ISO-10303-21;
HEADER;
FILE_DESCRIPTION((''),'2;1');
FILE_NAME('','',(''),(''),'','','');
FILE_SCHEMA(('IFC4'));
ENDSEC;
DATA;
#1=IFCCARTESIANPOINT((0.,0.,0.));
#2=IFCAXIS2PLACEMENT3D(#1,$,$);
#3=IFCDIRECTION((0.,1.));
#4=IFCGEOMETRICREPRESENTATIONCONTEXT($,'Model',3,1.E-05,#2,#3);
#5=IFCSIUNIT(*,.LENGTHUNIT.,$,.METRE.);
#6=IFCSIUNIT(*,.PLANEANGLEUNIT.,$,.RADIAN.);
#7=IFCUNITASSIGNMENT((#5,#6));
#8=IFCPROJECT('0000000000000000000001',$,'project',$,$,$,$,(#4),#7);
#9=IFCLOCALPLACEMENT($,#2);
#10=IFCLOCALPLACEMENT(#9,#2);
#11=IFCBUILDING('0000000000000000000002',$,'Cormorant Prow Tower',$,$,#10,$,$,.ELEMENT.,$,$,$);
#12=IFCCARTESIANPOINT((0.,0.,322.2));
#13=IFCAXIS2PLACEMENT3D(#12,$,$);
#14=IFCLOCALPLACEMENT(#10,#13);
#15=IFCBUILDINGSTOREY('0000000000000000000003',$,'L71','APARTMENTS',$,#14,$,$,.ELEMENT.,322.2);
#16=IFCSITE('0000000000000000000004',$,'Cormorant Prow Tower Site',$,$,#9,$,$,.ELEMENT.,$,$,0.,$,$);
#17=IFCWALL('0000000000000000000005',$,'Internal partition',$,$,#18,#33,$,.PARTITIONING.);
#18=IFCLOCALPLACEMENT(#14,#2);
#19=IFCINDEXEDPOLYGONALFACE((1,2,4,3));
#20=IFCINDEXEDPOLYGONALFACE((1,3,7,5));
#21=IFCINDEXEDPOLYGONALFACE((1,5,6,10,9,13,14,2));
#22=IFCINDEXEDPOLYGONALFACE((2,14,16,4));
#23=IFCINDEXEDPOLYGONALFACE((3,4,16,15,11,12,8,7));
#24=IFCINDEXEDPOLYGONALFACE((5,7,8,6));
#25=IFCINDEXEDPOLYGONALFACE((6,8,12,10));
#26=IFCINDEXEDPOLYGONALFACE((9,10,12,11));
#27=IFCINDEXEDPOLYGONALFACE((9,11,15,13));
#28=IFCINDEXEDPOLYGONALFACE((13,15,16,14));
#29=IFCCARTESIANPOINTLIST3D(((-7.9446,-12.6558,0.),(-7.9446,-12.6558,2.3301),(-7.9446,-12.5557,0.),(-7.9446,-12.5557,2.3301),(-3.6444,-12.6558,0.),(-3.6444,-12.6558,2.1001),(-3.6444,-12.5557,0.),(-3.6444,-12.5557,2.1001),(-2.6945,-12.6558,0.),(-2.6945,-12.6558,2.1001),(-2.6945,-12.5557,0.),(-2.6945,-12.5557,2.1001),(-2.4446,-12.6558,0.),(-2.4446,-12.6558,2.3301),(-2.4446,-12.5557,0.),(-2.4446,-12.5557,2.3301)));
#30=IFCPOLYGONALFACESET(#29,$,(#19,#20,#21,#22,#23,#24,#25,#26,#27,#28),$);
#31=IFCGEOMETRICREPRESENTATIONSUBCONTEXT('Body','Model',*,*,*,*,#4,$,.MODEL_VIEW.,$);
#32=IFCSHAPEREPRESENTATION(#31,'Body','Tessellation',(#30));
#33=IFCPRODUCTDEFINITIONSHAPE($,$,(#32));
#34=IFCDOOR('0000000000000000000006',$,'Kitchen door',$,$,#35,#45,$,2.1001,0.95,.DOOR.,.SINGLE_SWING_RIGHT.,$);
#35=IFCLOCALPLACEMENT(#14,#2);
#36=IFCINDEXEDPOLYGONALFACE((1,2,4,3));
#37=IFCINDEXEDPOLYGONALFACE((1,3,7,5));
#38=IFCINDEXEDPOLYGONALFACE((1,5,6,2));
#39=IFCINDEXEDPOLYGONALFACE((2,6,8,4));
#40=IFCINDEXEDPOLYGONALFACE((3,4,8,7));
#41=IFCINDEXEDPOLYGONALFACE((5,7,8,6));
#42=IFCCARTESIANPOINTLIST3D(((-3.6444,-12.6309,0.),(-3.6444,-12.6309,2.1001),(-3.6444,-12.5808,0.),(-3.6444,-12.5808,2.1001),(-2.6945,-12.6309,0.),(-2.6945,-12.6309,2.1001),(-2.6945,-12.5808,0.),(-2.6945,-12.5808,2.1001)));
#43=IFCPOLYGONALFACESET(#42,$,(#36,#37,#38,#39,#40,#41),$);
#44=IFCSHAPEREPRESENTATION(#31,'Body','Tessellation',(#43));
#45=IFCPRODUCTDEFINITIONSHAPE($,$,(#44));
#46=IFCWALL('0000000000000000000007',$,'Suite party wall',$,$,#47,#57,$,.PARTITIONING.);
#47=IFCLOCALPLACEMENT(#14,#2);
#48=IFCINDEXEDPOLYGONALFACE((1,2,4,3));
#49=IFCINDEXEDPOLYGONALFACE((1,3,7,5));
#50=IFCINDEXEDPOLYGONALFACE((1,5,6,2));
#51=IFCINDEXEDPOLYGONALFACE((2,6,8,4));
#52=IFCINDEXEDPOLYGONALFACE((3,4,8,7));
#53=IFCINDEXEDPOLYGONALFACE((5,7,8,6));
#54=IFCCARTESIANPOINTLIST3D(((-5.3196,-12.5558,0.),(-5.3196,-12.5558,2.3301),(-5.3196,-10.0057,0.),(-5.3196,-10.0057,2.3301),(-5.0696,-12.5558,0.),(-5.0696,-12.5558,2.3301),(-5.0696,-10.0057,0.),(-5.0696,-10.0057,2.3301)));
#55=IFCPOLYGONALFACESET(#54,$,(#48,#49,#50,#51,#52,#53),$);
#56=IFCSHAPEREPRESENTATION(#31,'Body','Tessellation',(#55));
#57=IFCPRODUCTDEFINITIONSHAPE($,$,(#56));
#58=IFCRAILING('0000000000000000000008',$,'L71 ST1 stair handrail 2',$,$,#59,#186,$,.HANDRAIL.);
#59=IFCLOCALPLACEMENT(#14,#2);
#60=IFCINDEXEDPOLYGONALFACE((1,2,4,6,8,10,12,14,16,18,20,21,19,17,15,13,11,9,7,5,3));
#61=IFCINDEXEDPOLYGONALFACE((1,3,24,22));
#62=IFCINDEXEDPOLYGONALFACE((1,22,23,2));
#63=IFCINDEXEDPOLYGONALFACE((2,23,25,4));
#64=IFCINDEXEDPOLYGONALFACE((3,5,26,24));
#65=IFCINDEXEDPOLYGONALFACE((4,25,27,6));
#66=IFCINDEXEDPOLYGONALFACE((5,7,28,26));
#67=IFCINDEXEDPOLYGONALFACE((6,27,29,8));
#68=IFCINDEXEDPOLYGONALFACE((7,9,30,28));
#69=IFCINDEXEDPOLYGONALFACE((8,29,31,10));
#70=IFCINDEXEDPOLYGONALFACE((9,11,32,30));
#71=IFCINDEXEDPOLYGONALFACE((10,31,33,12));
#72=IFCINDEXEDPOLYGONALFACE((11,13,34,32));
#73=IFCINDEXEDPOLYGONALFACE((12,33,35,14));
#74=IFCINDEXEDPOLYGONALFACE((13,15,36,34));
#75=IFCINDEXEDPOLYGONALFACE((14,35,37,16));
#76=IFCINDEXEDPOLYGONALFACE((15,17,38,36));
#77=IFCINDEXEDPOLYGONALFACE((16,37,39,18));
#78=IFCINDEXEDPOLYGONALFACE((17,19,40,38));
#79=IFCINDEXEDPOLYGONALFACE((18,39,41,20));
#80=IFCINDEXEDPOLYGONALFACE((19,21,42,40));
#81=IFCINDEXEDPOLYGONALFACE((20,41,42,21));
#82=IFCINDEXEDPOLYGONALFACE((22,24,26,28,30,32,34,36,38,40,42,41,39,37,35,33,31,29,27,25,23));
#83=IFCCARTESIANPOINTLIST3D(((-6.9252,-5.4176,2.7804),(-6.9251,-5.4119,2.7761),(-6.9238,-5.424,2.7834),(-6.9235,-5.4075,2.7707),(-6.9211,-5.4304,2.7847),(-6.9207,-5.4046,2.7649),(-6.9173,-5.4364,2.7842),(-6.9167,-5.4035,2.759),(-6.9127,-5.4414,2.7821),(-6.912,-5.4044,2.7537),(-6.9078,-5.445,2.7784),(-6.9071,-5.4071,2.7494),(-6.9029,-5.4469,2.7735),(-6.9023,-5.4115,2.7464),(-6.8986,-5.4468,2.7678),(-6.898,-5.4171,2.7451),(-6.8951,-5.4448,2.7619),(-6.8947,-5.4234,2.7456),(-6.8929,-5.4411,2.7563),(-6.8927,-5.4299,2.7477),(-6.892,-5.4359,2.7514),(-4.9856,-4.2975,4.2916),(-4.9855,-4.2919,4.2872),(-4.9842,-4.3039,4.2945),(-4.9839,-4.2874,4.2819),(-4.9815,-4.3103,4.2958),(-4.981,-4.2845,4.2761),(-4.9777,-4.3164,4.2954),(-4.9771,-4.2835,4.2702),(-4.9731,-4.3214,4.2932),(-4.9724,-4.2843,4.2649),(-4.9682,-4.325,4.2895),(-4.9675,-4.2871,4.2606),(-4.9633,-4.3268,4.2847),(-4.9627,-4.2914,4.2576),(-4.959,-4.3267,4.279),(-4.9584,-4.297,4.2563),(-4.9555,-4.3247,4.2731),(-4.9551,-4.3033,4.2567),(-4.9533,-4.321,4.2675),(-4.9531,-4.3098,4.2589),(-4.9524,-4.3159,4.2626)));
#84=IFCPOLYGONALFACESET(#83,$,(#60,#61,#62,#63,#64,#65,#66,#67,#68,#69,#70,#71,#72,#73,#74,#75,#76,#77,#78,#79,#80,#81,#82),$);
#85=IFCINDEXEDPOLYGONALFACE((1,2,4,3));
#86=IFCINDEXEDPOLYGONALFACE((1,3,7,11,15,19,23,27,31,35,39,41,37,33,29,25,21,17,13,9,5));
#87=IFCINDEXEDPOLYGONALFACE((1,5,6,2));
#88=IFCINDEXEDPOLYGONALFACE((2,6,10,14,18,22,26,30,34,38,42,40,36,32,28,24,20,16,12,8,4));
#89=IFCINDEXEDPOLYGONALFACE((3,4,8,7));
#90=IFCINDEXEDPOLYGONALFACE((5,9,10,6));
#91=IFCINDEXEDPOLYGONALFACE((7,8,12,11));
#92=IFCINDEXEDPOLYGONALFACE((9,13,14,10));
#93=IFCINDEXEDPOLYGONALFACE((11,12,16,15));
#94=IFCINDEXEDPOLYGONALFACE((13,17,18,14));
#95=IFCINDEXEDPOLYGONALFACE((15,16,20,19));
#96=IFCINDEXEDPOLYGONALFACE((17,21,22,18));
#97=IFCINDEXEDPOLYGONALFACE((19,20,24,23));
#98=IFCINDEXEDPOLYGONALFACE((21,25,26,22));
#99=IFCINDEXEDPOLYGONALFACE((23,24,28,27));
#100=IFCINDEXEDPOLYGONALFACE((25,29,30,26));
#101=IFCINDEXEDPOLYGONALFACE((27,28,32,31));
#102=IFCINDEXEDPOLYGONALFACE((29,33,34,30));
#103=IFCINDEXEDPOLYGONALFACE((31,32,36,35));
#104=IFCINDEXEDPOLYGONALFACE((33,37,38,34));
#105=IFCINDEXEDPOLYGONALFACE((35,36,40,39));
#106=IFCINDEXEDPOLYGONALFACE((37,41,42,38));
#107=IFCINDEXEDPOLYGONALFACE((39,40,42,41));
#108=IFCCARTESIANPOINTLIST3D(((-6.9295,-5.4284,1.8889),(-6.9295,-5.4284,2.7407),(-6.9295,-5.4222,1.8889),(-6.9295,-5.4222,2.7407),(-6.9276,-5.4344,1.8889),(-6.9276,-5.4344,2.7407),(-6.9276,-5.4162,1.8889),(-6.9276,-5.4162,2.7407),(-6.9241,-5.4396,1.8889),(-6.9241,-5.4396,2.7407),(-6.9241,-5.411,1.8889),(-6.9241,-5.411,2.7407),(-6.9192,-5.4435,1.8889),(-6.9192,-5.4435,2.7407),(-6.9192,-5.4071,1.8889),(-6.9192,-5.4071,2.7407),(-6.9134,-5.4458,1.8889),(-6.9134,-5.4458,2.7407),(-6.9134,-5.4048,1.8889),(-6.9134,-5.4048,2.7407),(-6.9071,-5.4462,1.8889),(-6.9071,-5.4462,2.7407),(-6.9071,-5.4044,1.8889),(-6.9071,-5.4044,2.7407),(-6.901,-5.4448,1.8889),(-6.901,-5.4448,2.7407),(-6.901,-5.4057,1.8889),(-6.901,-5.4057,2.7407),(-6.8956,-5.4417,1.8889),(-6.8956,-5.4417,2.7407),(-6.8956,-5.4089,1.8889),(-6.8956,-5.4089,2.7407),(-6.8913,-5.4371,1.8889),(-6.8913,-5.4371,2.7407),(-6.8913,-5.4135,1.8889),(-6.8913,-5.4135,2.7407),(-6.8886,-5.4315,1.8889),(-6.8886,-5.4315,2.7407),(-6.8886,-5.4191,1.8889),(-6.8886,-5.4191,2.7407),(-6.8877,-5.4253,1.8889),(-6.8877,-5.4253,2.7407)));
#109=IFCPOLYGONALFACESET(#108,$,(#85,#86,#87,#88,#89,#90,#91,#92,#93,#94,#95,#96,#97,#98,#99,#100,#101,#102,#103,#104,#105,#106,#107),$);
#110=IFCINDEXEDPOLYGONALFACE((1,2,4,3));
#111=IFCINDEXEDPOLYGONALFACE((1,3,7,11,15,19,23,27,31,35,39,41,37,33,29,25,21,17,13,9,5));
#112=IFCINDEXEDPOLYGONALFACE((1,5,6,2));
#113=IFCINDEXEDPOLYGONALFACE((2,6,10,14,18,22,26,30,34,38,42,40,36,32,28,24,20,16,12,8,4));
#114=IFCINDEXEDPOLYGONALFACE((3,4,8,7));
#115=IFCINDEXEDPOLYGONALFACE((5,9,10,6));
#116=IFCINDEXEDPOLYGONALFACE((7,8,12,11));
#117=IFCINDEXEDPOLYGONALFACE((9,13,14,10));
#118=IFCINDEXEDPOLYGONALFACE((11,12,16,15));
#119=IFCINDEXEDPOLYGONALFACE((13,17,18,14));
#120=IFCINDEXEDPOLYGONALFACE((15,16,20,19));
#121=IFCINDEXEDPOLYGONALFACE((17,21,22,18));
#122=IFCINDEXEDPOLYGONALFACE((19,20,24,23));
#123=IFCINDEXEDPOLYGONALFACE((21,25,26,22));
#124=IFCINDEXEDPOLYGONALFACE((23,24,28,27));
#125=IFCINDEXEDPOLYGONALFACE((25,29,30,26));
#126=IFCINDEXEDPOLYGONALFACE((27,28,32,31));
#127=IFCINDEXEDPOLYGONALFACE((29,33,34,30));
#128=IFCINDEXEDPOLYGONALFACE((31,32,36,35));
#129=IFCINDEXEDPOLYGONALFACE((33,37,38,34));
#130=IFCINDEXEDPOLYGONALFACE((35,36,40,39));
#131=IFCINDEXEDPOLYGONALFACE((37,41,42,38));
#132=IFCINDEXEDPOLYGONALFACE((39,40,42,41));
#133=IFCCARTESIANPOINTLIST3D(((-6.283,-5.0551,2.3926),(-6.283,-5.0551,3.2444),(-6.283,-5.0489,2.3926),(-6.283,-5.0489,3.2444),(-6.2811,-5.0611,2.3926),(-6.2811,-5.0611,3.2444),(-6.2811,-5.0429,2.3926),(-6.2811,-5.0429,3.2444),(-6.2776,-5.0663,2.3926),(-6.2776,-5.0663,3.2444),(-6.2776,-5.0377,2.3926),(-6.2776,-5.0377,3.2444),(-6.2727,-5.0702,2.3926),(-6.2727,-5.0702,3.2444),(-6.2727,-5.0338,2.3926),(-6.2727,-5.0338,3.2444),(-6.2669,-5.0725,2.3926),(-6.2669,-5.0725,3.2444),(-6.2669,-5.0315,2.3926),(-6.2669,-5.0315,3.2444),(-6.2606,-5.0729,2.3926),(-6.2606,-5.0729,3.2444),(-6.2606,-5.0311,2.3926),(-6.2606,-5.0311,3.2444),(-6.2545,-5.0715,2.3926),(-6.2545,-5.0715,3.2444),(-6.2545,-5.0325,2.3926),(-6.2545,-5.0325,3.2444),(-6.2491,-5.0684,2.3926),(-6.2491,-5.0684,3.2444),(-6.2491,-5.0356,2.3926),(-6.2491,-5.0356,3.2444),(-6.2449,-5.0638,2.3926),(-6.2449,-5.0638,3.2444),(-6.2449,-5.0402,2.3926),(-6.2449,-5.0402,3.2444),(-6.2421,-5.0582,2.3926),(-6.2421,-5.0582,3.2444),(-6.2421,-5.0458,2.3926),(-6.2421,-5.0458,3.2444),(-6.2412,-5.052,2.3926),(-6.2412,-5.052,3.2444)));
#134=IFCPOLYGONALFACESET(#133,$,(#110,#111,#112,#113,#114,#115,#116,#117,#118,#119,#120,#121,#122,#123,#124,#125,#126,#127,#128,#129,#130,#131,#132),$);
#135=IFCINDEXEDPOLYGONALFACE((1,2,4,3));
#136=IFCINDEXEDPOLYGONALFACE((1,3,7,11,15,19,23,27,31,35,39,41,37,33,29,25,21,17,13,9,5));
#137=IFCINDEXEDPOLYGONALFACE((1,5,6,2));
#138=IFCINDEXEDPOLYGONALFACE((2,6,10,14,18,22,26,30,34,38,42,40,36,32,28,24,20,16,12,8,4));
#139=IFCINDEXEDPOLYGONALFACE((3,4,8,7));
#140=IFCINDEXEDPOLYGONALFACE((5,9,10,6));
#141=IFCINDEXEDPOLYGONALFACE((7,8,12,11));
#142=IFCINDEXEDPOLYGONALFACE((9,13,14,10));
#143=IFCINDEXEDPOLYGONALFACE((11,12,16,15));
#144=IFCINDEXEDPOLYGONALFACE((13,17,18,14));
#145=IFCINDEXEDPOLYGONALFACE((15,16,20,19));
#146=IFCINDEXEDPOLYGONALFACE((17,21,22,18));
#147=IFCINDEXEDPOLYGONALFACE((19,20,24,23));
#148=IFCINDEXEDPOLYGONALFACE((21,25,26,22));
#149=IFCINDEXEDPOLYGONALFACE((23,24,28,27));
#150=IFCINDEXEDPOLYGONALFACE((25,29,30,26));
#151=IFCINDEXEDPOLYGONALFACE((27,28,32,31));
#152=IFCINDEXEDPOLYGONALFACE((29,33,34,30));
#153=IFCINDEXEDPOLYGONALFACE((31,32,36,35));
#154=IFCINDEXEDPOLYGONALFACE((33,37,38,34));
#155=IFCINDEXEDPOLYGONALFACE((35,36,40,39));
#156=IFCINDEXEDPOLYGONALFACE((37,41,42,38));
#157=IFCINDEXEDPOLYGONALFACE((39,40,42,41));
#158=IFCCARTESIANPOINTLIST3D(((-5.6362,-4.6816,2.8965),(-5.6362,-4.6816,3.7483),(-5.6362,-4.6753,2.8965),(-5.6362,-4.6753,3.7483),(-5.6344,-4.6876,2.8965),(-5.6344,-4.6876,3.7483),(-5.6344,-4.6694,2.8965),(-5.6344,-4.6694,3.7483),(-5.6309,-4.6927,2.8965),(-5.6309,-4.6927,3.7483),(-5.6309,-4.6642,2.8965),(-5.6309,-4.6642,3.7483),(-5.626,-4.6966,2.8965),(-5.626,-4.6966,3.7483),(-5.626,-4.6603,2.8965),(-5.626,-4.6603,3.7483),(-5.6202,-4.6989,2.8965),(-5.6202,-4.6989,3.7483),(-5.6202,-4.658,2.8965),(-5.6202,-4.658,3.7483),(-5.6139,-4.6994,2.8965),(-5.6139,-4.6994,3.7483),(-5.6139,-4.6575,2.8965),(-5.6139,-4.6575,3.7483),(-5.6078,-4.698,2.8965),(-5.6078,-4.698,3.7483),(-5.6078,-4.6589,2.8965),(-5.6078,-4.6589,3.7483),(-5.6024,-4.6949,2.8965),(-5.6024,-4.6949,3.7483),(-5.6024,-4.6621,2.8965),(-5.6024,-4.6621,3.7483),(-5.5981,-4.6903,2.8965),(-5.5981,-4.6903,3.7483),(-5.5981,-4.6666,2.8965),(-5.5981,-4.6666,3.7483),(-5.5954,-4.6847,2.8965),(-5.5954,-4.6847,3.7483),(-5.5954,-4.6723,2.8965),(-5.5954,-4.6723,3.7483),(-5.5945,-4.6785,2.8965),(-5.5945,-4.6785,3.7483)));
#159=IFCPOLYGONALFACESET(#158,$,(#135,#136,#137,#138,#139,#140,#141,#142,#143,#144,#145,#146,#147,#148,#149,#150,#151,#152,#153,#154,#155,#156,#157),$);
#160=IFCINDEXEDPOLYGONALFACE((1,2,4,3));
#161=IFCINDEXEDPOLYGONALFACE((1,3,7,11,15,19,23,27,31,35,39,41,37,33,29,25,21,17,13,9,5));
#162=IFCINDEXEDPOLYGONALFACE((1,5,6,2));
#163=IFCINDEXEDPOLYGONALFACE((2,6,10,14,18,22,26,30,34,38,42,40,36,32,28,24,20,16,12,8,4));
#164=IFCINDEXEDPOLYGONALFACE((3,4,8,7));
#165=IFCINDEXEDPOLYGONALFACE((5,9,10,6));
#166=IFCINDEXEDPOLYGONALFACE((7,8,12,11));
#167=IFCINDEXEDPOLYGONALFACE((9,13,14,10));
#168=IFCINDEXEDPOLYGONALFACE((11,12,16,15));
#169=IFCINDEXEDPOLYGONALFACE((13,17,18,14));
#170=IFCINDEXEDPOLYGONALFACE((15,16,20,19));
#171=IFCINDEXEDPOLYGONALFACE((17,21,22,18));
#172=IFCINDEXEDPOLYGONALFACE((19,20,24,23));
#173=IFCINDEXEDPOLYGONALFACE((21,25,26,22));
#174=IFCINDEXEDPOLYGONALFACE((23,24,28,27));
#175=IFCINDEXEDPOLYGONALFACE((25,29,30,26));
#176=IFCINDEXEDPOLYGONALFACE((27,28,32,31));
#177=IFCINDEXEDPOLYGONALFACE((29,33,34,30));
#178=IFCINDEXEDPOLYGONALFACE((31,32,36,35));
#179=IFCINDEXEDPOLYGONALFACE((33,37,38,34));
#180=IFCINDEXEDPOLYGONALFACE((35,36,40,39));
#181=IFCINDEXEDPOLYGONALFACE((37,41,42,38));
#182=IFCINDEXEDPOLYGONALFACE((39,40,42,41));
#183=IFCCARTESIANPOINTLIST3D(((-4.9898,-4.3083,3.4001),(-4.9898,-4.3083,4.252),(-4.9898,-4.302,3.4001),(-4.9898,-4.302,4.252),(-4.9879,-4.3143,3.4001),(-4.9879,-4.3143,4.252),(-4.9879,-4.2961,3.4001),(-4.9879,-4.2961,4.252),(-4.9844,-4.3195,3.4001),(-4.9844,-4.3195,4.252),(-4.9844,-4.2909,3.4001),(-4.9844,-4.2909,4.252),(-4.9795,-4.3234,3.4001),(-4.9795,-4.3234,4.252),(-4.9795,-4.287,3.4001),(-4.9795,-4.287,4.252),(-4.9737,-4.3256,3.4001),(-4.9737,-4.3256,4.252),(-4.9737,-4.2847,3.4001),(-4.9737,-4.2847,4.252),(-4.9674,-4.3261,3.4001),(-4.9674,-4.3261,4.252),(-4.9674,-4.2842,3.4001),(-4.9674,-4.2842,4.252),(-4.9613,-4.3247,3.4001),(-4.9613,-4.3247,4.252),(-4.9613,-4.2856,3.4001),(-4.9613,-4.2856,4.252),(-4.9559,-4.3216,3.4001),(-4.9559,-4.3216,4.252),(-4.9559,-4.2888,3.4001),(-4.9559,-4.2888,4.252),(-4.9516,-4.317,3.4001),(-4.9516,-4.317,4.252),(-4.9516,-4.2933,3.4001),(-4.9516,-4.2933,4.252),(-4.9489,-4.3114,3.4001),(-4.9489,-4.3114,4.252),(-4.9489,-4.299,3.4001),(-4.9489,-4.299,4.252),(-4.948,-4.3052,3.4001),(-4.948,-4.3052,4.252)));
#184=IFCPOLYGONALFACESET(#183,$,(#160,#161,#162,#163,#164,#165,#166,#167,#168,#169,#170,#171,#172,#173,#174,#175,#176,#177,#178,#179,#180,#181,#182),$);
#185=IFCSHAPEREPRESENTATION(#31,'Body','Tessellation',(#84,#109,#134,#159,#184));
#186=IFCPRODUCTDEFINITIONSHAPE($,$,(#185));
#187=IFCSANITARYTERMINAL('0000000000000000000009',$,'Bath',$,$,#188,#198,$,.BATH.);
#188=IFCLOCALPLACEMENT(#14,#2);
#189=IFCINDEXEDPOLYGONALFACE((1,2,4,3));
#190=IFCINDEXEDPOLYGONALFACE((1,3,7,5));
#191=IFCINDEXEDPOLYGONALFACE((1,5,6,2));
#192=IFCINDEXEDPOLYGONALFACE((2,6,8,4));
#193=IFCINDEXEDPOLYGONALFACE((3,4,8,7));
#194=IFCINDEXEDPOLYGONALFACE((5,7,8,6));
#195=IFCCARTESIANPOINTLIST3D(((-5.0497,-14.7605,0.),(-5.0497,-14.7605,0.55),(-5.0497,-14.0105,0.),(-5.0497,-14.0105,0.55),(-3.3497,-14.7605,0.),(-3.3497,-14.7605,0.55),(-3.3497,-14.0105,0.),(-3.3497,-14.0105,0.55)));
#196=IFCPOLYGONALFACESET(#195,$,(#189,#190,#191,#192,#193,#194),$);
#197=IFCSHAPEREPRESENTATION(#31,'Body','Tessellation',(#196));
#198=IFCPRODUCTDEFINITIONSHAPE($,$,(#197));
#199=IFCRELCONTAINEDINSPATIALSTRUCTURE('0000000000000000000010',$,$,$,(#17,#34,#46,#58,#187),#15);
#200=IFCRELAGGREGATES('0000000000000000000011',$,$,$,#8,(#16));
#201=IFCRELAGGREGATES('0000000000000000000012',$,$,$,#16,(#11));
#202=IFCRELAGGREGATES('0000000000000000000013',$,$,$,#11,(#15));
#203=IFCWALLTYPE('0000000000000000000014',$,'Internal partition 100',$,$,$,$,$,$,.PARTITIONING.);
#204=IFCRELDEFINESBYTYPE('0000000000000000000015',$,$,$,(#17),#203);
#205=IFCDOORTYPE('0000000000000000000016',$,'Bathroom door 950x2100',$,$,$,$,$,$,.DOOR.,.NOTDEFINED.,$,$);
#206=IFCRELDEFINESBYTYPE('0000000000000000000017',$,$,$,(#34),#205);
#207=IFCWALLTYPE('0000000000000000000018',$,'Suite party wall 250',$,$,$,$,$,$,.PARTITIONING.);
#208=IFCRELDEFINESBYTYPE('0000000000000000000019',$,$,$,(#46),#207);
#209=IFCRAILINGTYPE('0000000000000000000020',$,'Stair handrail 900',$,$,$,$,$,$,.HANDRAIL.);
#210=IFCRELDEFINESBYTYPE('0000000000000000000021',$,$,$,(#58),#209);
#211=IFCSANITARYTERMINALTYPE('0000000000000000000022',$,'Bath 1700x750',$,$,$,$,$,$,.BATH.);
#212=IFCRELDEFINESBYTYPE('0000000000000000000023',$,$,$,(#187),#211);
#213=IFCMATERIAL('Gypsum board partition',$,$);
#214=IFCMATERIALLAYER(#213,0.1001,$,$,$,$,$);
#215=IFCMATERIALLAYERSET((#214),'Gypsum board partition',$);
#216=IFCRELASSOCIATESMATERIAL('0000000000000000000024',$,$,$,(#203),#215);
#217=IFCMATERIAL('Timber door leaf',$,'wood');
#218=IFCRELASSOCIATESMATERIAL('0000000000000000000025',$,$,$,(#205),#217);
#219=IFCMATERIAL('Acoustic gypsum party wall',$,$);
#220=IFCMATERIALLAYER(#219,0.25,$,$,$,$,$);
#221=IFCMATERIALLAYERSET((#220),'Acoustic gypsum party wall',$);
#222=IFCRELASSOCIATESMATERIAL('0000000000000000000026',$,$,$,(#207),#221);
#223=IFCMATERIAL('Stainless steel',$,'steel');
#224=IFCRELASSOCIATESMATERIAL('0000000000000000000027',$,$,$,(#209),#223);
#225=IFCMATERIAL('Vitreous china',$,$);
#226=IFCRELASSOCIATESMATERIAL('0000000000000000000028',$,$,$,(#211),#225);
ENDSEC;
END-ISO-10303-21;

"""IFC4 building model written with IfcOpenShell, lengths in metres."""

from ifc_helpers import new_model, si_unit, direction, frame, frame_2d, origin, origin_2d, place, context, subcontext, project, spatial, rectangle, circle, extrude, material, layer, layer_set, type_object, element, fill, save


model = new_model("IFC4")

# Units and contexts
model_context = context("Model", 3, precision=1e-05, world=origin(), true_north=direction((0.0, 1.0)))
body_context = subcontext(model_context, "Body", "Model", "MODEL_VIEW")
ifc_project = project(units=[si_unit("LENGTHUNIT", "METRE"), si_unit("PLANEANGLEUNIT", "RADIAN")], contexts=[model_context])

# Site, building, storey
site_placement = place(None, origin())
site = spatial("IfcSite", under=ifc_project, at=site_placement, Name="Cormorant Prow Tower Site", CompositionType="ELEMENT", RefElevation=0.0)
building_placement = place(site_placement, origin())
building = spatial("IfcBuilding", under=site, at=building_placement, Name="Cormorant Prow Tower", CompositionType="ELEMENT")
storey_placement = place(building_placement, frame((0.0, 0.0, 322.2)))
storey = spatial("IfcBuildingStorey", under=building, at=storey_placement, Name="L71", Description="APARTMENTS", CompositionType="ELEMENT", Elevation=322.2)

# Wall, opening, door
ifc_material_1 = material(Name="Gypsum board partition")
ifc_layer_1 = layer(ifc_material_1, 0.1001)
ifc_layer_set_1 = layer_set([ifc_layer_1], Name="Gypsum board partition")
wall_type_1 = type_object("IfcWallType", Name="Internal partition 100", PredefinedType="PARTITIONING", material=ifc_layer_set_1)
wall_1_placement = place(storey_placement, frame((-7.9446, -12.6057, 0.0), z_axis=(0.0, 0.0, 1.0), x_axis=(1.0, 0.0, 0.0)))
wall_1 = element("IfcWall", 1, at=wall_1_placement, inside=storey, type_object=wall_type_1, Name="Internal partition", PredefinedType="PARTITIONING", context=body_context, shape_type="SweptSolid", body=[
    extrude(rectangle(XDim=5.5, YDim=0.1001, at=frame_2d((2.75, 0.0))), origin(), (0.0, 0.0, 1.0), 2.3301),
])
opening_1_placement = place(wall_1_placement, frame((4.3, 0.0, 0.0)))
opening_1 = element("IfcOpeningElement", 2, at=opening_1_placement, cuts=wall_1, PredefinedType="OPENING", context=body_context, shape_type="SweptSolid", body=[
    extrude(rectangle(XDim=0.95, YDim=2.1001, at=frame_2d((0.4751, 1.05))), frame((0.0, 0.0601, 0.0), z_axis=(0.0, -1.0, 0.0), x_axis=(1.0, 0.0, 0.0)), (0.0, 0.0, 1.0), 0.1201),
])
ifc_material_2 = material(Name="Timber door leaf", Category="wood")
door_type_1 = type_object("IfcDoorType", Name="Bathroom door 950x2100", OperationType="NOTDEFINED", PredefinedType="DOOR", material=ifc_material_2)
door_1_placement = place(opening_1_placement, origin())
door_1 = element("IfcDoor", 3, at=door_1_placement, inside=storey, type_object=door_type_1, Name="Kitchen door", OperationType="SINGLE_SWING_RIGHT", OverallHeight=2.1001, OverallWidth=0.95, PredefinedType="DOOR", context=body_context, shape_type="SweptSolid", body=[
    extrude(rectangle(XDim=0.95, YDim=2.1001, at=frame_2d((0.4751, 1.05))), frame((0.0, 0.0249, 0.0), z_axis=(0.0, -1.0, 0.0), x_axis=(1.0, 0.0, 0.0)), (0.0, 0.0, 1.0), 0.05),
])
fill(opening_1, door_1)

# Wall
ifc_material_3 = material(Name="Acoustic gypsum party wall")
ifc_layer_2 = layer(ifc_material_3, 0.25)
ifc_layer_set_2 = layer_set([ifc_layer_2], Name="Acoustic gypsum party wall")
wall_type_2 = type_object("IfcWallType", Name="Suite party wall 250", PredefinedType="PARTITIONING", material=ifc_layer_set_2)
wall_2_placement = place(storey_placement, frame((-5.1946, -12.5557, 0.0), z_axis=(0.0, 0.0, 1.0), x_axis=(0.0, 1.0, 0.0)))
element("IfcWall", 4, at=wall_2_placement, inside=storey, type_object=wall_type_2, Name="Suite party wall", PredefinedType="PARTITIONING", context=body_context, shape_type="SweptSolid", body=[
    extrude(rectangle(XDim=2.55, YDim=0.25, at=frame_2d((1.2749, 0.0))), origin(), (0.0, 0.0, 1.0), 2.3301),
])

# Railing
ifc_material_4 = material(Name="Stainless steel", Category="steel")
railing_type = type_object("IfcRailingType", Name="Stair handrail 900", PredefinedType="HANDRAIL", material=ifc_material_4)
railing_placement = place(storey_placement, frame((-6.9087, -5.4253, 1.8889)))
element("IfcRailing", 5, at=railing_placement, inside=storey, type_object=railing_type, Name="L71 ST1 stair handrail 2", PredefinedType="HANDRAIL", context=body_context, shape_type="SweptSolid", body=[
    extrude(circle(Radius=0.0239, at=origin_2d()), frame((0.0, 0.0, 0.876), z_axis=(0.71787, 0.414548, 0.559297), x_axis=(-0.500078, 0.86598, 0.0)), (0.0, 0.0, 1.0), 2.7019),
    extrude(circle(Radius=0.021, at=origin_2d()), origin(), (0.0, 0.0, 1.0), 0.8518),
    extrude(circle(Radius=0.021, at=origin_2d()), frame((0.6465, 0.3733, 0.5037)), (0.0, 0.0, 1.0), 0.8518),
    extrude(circle(Radius=0.021, at=origin_2d()), frame((1.2932, 0.7468, 1.0076)), (0.0, 0.0, 1.0), 0.8518),
    extrude(circle(Radius=0.021, at=origin_2d()), frame((1.9397, 1.1201, 1.5112)), (0.0, 0.0, 1.0), 0.8518),
])

# Sanitary terminal
ifc_material_5 = material(Name="Vitreous china")
sanitary_terminal_type_1 = type_object("IfcSanitaryTerminalType", Name="Bath 1700x750", PredefinedType="BATH", material=ifc_material_5)
sanitary_terminal_1_placement = place(storey_placement, frame((-4.1997, -14.3855, 0.0), z_axis=(0.0, 0.0, 1.0), x_axis=(1.0, 0.0, 0.0)))
element("IfcSanitaryTerminal", 6, at=sanitary_terminal_1_placement, inside=storey, type_object=sanitary_terminal_type_1, Name="Bath", PredefinedType="BATH", context=body_context, shape_type="SweptSolid", body=[
    extrude(rectangle(XDim=1.7, YDim=0.75, at=origin_2d()), origin(), (0.0, 0.0, 1.0), 0.55),
])

save(model, "model.ifc")
